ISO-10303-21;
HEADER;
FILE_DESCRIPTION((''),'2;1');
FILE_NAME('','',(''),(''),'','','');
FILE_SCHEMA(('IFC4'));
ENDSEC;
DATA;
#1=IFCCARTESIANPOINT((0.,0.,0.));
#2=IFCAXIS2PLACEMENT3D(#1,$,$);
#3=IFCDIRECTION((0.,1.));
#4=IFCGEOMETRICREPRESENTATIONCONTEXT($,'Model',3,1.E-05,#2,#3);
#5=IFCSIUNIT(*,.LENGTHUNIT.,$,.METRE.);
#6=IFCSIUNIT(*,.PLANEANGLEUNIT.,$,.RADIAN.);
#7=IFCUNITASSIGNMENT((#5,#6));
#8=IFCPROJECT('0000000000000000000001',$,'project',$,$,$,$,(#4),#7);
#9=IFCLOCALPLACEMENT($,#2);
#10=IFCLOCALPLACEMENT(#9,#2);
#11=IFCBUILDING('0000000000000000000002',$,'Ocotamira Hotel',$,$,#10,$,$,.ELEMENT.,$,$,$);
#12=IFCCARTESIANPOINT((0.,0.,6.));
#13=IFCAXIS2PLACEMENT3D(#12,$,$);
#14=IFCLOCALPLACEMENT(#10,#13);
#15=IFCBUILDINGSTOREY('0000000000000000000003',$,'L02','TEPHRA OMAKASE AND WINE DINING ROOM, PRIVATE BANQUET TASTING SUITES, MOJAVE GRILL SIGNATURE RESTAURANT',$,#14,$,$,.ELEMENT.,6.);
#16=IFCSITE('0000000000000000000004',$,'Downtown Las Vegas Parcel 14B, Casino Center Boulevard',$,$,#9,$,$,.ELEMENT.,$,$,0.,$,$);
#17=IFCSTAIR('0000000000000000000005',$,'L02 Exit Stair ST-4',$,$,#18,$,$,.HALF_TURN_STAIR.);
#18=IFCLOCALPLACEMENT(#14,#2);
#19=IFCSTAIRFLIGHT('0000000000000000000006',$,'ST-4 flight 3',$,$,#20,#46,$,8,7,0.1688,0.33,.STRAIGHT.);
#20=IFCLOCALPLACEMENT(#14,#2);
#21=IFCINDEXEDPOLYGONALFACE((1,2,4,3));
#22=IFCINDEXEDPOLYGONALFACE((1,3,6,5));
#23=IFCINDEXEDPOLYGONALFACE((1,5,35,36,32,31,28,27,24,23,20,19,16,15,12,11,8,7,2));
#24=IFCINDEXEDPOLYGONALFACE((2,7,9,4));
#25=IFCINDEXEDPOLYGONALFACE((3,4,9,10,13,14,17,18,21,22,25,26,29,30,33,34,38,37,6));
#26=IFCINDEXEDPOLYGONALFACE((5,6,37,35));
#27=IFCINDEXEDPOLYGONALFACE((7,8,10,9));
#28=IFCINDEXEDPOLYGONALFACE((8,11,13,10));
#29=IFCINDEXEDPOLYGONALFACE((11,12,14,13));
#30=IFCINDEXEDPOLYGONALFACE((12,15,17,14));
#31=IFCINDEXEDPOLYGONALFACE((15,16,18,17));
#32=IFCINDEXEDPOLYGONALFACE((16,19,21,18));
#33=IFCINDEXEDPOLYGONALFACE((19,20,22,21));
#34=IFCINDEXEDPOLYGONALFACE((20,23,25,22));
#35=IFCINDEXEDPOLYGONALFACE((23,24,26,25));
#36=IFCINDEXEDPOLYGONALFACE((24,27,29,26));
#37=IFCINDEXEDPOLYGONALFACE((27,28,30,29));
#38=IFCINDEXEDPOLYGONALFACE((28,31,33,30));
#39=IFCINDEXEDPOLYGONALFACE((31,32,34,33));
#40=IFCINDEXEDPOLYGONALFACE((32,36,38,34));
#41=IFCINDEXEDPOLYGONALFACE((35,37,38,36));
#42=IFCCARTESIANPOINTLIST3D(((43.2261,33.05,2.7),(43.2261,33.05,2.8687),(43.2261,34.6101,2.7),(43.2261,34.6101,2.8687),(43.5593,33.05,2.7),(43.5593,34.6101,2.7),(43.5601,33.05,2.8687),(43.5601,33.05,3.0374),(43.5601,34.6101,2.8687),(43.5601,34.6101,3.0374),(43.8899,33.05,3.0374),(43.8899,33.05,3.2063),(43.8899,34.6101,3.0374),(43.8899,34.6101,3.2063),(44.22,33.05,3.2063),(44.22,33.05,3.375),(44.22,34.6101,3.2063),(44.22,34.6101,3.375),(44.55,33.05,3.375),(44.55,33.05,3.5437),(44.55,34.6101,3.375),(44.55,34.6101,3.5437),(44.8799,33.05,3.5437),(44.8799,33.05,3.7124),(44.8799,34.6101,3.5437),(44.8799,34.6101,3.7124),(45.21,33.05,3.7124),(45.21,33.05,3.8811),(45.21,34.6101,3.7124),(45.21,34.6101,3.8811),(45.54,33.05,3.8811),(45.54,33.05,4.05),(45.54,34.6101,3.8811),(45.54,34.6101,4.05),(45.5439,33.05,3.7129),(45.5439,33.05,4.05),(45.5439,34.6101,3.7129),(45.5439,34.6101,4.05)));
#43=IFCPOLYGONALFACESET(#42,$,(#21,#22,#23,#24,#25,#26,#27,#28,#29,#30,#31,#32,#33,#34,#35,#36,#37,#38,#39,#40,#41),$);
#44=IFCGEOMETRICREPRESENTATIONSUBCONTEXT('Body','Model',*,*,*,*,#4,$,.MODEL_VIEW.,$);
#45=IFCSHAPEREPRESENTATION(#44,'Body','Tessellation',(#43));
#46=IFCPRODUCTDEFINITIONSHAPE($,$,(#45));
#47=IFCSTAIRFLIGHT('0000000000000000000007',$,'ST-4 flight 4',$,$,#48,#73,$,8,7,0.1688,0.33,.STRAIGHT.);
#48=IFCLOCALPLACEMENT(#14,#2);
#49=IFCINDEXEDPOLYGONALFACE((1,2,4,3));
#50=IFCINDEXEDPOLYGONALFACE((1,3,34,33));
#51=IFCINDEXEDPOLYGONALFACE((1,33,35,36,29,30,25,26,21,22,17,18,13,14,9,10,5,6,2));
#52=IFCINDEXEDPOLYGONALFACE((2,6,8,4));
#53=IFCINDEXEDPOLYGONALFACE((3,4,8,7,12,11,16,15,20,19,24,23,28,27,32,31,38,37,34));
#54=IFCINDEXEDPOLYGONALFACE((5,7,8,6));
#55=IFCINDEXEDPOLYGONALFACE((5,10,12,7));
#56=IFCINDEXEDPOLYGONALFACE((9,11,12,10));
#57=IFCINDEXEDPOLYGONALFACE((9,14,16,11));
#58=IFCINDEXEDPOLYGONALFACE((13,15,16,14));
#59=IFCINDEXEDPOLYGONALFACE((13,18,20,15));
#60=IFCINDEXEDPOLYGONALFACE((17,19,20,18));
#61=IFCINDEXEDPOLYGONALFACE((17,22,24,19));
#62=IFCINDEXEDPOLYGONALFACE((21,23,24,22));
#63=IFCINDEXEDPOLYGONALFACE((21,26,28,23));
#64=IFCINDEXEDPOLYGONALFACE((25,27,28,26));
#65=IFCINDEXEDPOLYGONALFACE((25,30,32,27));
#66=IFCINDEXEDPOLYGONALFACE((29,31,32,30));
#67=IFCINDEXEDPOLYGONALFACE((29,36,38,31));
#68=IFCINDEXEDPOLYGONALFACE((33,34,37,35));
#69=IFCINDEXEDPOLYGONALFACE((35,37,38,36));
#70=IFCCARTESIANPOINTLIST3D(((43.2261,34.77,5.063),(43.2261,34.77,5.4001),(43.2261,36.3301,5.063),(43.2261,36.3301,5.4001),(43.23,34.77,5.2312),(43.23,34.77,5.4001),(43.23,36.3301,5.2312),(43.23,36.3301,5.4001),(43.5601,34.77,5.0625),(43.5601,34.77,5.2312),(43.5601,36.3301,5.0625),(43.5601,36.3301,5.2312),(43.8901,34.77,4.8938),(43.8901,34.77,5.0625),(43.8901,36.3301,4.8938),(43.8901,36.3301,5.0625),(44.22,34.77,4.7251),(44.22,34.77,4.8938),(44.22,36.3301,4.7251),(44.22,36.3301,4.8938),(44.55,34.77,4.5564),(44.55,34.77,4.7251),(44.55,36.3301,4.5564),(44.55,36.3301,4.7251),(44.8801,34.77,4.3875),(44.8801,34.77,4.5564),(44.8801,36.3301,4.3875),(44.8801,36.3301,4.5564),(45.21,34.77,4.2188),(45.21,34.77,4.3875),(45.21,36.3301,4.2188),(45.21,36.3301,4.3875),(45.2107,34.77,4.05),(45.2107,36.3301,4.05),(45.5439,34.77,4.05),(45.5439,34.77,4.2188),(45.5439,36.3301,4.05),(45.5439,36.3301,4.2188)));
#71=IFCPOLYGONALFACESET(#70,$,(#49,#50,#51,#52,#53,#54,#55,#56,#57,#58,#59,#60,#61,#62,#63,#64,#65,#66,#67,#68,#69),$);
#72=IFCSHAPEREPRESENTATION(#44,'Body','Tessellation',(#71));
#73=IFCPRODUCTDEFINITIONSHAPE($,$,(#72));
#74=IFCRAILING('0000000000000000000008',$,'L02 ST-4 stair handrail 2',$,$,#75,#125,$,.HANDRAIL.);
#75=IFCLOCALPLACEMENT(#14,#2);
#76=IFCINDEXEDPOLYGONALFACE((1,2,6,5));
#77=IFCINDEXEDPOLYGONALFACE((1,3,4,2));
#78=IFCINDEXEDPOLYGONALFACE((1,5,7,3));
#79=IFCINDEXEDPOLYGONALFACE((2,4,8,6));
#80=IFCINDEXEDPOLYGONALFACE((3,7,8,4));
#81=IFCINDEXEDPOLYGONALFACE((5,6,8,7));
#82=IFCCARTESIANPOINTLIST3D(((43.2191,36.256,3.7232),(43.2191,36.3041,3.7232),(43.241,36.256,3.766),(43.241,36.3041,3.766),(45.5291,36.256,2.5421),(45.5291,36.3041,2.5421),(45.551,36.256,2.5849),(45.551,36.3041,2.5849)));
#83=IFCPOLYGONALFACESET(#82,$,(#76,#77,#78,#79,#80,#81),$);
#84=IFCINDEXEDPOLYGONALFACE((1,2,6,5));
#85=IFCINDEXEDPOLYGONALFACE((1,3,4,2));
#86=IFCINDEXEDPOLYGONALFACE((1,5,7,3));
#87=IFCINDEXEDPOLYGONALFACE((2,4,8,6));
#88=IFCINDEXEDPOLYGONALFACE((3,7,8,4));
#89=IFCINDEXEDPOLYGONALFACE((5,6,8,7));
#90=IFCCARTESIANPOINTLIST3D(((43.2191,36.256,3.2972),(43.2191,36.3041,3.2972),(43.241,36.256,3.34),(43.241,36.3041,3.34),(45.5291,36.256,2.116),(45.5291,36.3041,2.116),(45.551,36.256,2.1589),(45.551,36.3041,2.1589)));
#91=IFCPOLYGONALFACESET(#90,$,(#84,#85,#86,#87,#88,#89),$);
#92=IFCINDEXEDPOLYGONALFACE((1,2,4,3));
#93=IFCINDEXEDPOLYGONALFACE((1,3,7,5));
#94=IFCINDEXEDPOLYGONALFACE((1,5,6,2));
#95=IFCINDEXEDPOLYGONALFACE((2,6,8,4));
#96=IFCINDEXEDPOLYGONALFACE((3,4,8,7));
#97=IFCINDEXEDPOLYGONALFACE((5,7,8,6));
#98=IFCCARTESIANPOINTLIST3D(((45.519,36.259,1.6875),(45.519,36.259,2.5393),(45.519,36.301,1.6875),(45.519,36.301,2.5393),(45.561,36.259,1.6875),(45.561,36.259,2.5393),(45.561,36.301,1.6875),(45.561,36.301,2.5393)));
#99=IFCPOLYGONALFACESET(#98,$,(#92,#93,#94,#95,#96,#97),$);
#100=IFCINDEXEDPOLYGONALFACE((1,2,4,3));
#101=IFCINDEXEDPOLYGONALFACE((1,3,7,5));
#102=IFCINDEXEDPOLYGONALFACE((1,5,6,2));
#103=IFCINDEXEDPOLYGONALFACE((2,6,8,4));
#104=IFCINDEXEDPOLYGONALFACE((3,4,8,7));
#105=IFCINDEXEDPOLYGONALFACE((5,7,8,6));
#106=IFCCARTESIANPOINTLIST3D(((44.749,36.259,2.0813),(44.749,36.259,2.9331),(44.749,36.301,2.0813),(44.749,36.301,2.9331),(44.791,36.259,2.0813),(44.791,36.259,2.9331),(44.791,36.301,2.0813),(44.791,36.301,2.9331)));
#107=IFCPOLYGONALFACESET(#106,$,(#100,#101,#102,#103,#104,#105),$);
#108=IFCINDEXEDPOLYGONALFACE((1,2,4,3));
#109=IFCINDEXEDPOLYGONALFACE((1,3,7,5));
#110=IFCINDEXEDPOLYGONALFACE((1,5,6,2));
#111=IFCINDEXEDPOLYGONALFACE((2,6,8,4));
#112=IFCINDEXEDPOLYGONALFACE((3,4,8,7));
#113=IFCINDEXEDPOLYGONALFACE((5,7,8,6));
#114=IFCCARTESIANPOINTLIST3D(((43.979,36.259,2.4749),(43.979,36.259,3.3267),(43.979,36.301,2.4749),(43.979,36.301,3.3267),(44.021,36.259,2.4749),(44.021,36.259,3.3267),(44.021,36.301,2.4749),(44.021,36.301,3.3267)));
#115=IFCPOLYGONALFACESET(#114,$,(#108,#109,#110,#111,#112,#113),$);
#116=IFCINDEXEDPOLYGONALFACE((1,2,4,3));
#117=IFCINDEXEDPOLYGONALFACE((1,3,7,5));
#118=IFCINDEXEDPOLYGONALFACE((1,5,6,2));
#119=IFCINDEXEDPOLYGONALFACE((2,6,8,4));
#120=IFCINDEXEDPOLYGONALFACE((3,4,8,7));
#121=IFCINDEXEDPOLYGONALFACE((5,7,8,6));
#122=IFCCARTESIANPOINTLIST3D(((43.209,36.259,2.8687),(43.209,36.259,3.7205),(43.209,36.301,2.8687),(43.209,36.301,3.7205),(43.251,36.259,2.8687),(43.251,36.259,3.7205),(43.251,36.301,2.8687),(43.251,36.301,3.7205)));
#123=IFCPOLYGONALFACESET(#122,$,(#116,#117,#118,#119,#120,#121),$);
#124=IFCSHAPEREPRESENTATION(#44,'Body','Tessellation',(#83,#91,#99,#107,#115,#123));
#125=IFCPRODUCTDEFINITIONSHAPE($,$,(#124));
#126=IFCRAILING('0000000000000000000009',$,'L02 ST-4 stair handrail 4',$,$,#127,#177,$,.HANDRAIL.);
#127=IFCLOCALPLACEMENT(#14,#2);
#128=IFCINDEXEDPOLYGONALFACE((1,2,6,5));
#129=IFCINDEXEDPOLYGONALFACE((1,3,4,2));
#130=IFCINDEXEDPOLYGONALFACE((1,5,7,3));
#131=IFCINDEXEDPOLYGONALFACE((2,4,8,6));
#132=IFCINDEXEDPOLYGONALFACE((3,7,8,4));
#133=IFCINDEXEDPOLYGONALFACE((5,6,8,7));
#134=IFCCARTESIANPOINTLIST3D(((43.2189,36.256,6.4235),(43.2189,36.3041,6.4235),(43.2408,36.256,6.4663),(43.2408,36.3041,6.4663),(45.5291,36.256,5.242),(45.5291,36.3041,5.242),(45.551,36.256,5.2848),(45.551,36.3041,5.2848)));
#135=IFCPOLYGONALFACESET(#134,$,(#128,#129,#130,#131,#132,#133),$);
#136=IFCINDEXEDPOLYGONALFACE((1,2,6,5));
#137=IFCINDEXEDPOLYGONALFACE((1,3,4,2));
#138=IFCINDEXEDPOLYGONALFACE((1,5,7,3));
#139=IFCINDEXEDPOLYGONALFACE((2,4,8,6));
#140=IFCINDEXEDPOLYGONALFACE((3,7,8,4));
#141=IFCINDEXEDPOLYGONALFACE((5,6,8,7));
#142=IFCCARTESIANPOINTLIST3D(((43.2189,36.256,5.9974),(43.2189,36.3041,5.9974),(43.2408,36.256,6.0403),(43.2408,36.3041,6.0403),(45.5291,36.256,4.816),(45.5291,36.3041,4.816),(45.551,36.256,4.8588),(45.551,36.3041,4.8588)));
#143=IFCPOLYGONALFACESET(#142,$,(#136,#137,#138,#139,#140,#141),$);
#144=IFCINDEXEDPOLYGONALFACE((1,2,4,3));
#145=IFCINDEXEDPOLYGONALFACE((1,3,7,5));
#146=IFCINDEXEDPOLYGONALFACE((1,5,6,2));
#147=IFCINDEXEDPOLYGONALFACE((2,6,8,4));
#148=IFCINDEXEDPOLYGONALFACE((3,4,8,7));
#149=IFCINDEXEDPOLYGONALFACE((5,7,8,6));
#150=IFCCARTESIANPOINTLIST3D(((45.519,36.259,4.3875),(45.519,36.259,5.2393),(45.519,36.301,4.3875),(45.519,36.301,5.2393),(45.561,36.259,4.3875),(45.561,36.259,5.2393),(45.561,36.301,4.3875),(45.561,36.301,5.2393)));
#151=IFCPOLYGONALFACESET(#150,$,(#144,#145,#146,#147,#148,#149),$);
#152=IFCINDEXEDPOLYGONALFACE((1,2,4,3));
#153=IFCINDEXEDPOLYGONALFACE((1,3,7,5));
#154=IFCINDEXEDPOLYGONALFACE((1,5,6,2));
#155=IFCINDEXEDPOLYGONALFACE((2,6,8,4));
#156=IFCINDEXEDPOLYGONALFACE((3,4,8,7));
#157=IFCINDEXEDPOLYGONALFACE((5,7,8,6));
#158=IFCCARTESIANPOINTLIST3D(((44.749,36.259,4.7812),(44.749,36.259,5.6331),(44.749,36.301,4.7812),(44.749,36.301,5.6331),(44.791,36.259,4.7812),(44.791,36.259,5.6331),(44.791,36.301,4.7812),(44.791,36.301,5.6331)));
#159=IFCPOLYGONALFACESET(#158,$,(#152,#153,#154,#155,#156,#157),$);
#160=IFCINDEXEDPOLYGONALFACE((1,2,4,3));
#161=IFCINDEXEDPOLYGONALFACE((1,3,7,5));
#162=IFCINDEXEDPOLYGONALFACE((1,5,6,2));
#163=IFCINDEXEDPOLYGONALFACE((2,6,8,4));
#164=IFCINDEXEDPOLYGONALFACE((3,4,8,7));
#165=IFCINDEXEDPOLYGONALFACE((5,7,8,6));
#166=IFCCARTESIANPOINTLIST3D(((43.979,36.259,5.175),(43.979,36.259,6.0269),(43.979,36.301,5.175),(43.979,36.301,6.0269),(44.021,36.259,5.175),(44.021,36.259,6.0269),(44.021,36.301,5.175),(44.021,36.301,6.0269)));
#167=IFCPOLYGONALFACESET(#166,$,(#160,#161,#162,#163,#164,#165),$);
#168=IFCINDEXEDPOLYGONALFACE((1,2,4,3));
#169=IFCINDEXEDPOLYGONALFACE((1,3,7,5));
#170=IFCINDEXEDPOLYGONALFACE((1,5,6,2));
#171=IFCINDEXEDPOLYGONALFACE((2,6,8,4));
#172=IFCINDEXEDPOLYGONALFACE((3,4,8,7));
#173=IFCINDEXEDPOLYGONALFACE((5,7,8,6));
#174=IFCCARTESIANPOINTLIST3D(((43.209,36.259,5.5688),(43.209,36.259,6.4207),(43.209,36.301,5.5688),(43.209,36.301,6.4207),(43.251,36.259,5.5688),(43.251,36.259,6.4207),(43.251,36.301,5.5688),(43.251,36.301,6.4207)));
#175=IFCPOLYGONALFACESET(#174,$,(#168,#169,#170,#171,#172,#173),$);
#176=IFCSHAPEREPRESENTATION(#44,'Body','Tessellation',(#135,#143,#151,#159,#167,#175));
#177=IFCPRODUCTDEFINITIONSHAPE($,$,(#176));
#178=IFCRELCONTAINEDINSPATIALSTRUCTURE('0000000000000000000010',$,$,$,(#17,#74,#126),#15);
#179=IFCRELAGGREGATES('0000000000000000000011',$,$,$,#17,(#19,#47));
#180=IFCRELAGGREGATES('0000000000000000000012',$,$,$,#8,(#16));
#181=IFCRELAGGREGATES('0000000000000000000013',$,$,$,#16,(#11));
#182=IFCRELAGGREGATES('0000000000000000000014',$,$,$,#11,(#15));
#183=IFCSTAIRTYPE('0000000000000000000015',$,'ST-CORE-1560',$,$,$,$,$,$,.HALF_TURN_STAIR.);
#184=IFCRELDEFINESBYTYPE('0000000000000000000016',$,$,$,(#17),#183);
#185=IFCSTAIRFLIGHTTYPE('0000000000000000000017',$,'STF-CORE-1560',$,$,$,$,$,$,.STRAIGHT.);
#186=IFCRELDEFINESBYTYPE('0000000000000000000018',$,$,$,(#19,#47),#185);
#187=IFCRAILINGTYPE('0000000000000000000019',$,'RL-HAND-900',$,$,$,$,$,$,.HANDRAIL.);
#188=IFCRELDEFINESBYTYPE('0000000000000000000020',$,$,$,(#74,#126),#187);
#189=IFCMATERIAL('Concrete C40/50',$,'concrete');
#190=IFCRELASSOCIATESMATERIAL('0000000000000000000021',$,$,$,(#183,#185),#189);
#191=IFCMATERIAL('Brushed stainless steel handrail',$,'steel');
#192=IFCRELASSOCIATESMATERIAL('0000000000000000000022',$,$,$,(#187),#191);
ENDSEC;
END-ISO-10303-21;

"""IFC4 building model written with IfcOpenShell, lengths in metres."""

from ifc_helpers import new_model, si_unit, direction, frame, origin, origin_2d, place, context, subcontext, project, spatial, polyline, rectangle, outline, extrude, source, transform, mapped, material, type_object, element, aggregate, save


model = new_model("IFC4")

# Units and contexts
model_context = context("Model", 3, precision=1e-05, world=origin(), true_north=direction((0.0, 1.0)))
body_context = subcontext(model_context, "Body", "Model", "MODEL_VIEW")
ifc_project = project(units=[si_unit("LENGTHUNIT", "METRE"), si_unit("PLANEANGLEUNIT", "RADIAN")], contexts=[model_context])

# Site, building, storey
site_placement = place(None, origin())
site = spatial("IfcSite", under=ifc_project, at=site_placement, Name="Downtown Las Vegas Parcel 14B, Casino Center Boulevard", CompositionType="ELEMENT", RefElevation=0.0)
building_placement = place(site_placement, origin())
building = spatial("IfcBuilding", under=site, at=building_placement, Name="Ocotamira Hotel", CompositionType="ELEMENT")
storey_placement = place(building_placement, frame((0.0, 0.0, 6.0)))
storey = spatial("IfcBuildingStorey", under=building, at=storey_placement, Name="L02", Description="TEPHRA OMAKASE AND WINE DINING ROOM, PRIVATE BANQUET TASTING SUITES, MOJAVE GRILL SIGNATURE RESTAURANT", CompositionType="ELEMENT", Elevation=6.0)

# Stair, stair flights
ifc_material_1 = material(Name="Concrete C40/50", Category="concrete")
stair_type = type_object("IfcStairType", Name="ST-CORE-1560", PredefinedType="HALF_TURN_STAIR", material=ifc_material_1)
stair_placement = place(storey_placement, origin())
stair = element("IfcStair", 1, at=stair_placement, inside=storey, type_object=stair_type, Name="L02 Exit Stair ST-4", PredefinedType="HALF_TURN_STAIR")
stair_flight_type = type_object("IfcStairFlightType", Name="STF-CORE-1560", PredefinedType="STRAIGHT", material=ifc_material_1)
shared_shape_1 = source(origin(), body_context, "Body", "SweptSolid", [
    extrude(outline(polyline([(-0.0039, 0.0), (-0.0039, 0.1687), (0.3301, 0.1687), (0.3301, 0.3374), (0.6599, 0.3374), (0.6599, 0.5063), (0.99, 0.5063), (0.99, 0.675), (1.3201, 0.675), (1.3201, 0.8438), (1.6499, 0.8438), (1.6499, 1.0125), (1.98, 1.0125), (1.98, 1.1812), (2.3101, 1.1812), (2.3101, 1.3501), (2.314, 1.3501), (2.314, 1.0129), (0.3293, 0.0), (-0.0039, 0.0)])), frame((0.0, 0.78, 0.0), z_axis=(0.0, -1.0, 0.0), x_axis=(1.0, 0.0, 0.0)), (0.0, 0.0, 1.0), 1.5601),
])
stair_flight_1_placement = place(storey_placement, frame((43.23, 33.8301, 2.7), z_axis=(0.0, 0.0, 1.0), x_axis=(1.0, 0.0, 0.0)))
stair_flight_1 = element("IfcStairFlight", 2, at=stair_flight_1_placement, type_object=stair_flight_type, Name="ST-4 flight 3", NumberOfRisers=8, NumberOfTreads=7, PredefinedType="STRAIGHT", RiserHeight=0.1688, TreadLength=0.33, context=body_context, shape_type="MappedRepresentation", body=[
    mapped(shared_shape_1, transform((0.0, 0.0, 0.0), scale=1.0)),
])
stair_flight_2_placement = place(storey_placement, frame((45.54, 35.55, 4.05), z_axis=(0.0, 0.0, 1.0), x_axis=(-1.0, 0.0, 0.0)))
stair_flight_2 = element("IfcStairFlight", 3, at=stair_flight_2_placement, type_object=stair_flight_type, Name="ST-4 flight 4", NumberOfRisers=8, NumberOfTreads=7, PredefinedType="STRAIGHT", RiserHeight=0.1688, TreadLength=0.33, context=body_context, shape_type="MappedRepresentation", body=[
    mapped(shared_shape_1, transform((0.0, 0.0, 0.0), scale=1.0)),
])
aggregate(stair, [stair_flight_1, stair_flight_2])

# Railings
ifc_material_2 = material(Name="Brushed stainless steel handrail", Category="steel")
railing_type_1 = type_object("IfcRailingType", Name="RL-HAND-900", PredefinedType="HANDRAIL", material=ifc_material_2)
railing_1_placement = place(storey_placement, frame((45.54, 36.28, 1.6875)))
element("IfcRailing", 4, at=railing_1_placement, inside=storey, type_object=railing_type_1, Name="L02 ST-4 stair handrail 2", PredefinedType="HANDRAIL", context=body_context, shape_type="SweptSolid", body=[
    extrude(rectangle(XDim=0.0481, YDim=0.0481, at=origin_2d()), frame((0.0, 0.0, 0.876), z_axis=(-0.890363, 0.0, 0.45525), x_axis=(0.0, -1.0, 0.0)), (0.0, 0.0, 1.0), 2.5945),
    extrude(rectangle(XDim=0.0481, YDim=0.0481, at=origin_2d()), frame((0.0, 0.0, 0.45), z_axis=(-0.890363, 0.0, 0.45525), x_axis=(0.0, -1.0, 0.0)), (0.0, 0.0, 1.0), 2.5945),
    extrude(rectangle(XDim=0.042, YDim=0.042, at=origin_2d()), origin(), (0.0, 0.0, 1.0), 0.8518),
    extrude(rectangle(XDim=0.042, YDim=0.042, at=origin_2d()), frame((-0.77, 0.0, 0.3938)), (0.0, 0.0, 1.0), 0.8518),
    extrude(rectangle(XDim=0.042, YDim=0.042, at=origin_2d()), frame((-1.54, 0.0, 0.7874)), (0.0, 0.0, 1.0), 0.8518),
    extrude(rectangle(XDim=0.042, YDim=0.042, at=origin_2d()), frame((-2.3101, 0.0, 1.1812)), (0.0, 0.0, 1.0), 0.8518),
])
railing_2_placement = place(storey_placement, frame((45.54, 36.28, 4.3875)))
element("IfcRailing", 5, at=railing_2_placement, inside=storey, type_object=railing_type_1, Name="L02 ST-4 stair handrail 4", PredefinedType="HANDRAIL", context=body_context, shape_type="SweptSolid", body=[
    extrude(rectangle(XDim=0.0481, YDim=0.0481, at=origin_2d()), frame((0.0, 0.0, 0.876), z_axis=(-0.890325, 0.0, 0.455325), x_axis=(0.0, -1.0, 0.0)), (0.0, 0.0, 1.0), 2.5947),
    extrude(rectangle(XDim=0.0481, YDim=0.0481, at=origin_2d()), frame((0.0, 0.0, 0.45), z_axis=(-0.890325, 0.0, 0.455325), x_axis=(0.0, -1.0, 0.0)), (0.0, 0.0, 1.0), 2.5947),
    extrude(rectangle(XDim=0.042, YDim=0.042, at=origin_2d()), origin(), (0.0, 0.0, 1.0), 0.8518),
    extrude(rectangle(XDim=0.042, YDim=0.042, at=origin_2d()), frame((-0.77, 0.0, 0.3938)), (0.0, 0.0, 1.0), 0.8518),
    extrude(rectangle(XDim=0.042, YDim=0.042, at=origin_2d()), frame((-1.54, 0.0, 0.7876)), (0.0, 0.0, 1.0), 0.8518),
    extrude(rectangle(XDim=0.042, YDim=0.042, at=origin_2d()), frame((-2.3101, 0.0, 1.1814)), (0.0, 0.0, 1.0), 0.8518),
])

save(model, "model.ifc")
